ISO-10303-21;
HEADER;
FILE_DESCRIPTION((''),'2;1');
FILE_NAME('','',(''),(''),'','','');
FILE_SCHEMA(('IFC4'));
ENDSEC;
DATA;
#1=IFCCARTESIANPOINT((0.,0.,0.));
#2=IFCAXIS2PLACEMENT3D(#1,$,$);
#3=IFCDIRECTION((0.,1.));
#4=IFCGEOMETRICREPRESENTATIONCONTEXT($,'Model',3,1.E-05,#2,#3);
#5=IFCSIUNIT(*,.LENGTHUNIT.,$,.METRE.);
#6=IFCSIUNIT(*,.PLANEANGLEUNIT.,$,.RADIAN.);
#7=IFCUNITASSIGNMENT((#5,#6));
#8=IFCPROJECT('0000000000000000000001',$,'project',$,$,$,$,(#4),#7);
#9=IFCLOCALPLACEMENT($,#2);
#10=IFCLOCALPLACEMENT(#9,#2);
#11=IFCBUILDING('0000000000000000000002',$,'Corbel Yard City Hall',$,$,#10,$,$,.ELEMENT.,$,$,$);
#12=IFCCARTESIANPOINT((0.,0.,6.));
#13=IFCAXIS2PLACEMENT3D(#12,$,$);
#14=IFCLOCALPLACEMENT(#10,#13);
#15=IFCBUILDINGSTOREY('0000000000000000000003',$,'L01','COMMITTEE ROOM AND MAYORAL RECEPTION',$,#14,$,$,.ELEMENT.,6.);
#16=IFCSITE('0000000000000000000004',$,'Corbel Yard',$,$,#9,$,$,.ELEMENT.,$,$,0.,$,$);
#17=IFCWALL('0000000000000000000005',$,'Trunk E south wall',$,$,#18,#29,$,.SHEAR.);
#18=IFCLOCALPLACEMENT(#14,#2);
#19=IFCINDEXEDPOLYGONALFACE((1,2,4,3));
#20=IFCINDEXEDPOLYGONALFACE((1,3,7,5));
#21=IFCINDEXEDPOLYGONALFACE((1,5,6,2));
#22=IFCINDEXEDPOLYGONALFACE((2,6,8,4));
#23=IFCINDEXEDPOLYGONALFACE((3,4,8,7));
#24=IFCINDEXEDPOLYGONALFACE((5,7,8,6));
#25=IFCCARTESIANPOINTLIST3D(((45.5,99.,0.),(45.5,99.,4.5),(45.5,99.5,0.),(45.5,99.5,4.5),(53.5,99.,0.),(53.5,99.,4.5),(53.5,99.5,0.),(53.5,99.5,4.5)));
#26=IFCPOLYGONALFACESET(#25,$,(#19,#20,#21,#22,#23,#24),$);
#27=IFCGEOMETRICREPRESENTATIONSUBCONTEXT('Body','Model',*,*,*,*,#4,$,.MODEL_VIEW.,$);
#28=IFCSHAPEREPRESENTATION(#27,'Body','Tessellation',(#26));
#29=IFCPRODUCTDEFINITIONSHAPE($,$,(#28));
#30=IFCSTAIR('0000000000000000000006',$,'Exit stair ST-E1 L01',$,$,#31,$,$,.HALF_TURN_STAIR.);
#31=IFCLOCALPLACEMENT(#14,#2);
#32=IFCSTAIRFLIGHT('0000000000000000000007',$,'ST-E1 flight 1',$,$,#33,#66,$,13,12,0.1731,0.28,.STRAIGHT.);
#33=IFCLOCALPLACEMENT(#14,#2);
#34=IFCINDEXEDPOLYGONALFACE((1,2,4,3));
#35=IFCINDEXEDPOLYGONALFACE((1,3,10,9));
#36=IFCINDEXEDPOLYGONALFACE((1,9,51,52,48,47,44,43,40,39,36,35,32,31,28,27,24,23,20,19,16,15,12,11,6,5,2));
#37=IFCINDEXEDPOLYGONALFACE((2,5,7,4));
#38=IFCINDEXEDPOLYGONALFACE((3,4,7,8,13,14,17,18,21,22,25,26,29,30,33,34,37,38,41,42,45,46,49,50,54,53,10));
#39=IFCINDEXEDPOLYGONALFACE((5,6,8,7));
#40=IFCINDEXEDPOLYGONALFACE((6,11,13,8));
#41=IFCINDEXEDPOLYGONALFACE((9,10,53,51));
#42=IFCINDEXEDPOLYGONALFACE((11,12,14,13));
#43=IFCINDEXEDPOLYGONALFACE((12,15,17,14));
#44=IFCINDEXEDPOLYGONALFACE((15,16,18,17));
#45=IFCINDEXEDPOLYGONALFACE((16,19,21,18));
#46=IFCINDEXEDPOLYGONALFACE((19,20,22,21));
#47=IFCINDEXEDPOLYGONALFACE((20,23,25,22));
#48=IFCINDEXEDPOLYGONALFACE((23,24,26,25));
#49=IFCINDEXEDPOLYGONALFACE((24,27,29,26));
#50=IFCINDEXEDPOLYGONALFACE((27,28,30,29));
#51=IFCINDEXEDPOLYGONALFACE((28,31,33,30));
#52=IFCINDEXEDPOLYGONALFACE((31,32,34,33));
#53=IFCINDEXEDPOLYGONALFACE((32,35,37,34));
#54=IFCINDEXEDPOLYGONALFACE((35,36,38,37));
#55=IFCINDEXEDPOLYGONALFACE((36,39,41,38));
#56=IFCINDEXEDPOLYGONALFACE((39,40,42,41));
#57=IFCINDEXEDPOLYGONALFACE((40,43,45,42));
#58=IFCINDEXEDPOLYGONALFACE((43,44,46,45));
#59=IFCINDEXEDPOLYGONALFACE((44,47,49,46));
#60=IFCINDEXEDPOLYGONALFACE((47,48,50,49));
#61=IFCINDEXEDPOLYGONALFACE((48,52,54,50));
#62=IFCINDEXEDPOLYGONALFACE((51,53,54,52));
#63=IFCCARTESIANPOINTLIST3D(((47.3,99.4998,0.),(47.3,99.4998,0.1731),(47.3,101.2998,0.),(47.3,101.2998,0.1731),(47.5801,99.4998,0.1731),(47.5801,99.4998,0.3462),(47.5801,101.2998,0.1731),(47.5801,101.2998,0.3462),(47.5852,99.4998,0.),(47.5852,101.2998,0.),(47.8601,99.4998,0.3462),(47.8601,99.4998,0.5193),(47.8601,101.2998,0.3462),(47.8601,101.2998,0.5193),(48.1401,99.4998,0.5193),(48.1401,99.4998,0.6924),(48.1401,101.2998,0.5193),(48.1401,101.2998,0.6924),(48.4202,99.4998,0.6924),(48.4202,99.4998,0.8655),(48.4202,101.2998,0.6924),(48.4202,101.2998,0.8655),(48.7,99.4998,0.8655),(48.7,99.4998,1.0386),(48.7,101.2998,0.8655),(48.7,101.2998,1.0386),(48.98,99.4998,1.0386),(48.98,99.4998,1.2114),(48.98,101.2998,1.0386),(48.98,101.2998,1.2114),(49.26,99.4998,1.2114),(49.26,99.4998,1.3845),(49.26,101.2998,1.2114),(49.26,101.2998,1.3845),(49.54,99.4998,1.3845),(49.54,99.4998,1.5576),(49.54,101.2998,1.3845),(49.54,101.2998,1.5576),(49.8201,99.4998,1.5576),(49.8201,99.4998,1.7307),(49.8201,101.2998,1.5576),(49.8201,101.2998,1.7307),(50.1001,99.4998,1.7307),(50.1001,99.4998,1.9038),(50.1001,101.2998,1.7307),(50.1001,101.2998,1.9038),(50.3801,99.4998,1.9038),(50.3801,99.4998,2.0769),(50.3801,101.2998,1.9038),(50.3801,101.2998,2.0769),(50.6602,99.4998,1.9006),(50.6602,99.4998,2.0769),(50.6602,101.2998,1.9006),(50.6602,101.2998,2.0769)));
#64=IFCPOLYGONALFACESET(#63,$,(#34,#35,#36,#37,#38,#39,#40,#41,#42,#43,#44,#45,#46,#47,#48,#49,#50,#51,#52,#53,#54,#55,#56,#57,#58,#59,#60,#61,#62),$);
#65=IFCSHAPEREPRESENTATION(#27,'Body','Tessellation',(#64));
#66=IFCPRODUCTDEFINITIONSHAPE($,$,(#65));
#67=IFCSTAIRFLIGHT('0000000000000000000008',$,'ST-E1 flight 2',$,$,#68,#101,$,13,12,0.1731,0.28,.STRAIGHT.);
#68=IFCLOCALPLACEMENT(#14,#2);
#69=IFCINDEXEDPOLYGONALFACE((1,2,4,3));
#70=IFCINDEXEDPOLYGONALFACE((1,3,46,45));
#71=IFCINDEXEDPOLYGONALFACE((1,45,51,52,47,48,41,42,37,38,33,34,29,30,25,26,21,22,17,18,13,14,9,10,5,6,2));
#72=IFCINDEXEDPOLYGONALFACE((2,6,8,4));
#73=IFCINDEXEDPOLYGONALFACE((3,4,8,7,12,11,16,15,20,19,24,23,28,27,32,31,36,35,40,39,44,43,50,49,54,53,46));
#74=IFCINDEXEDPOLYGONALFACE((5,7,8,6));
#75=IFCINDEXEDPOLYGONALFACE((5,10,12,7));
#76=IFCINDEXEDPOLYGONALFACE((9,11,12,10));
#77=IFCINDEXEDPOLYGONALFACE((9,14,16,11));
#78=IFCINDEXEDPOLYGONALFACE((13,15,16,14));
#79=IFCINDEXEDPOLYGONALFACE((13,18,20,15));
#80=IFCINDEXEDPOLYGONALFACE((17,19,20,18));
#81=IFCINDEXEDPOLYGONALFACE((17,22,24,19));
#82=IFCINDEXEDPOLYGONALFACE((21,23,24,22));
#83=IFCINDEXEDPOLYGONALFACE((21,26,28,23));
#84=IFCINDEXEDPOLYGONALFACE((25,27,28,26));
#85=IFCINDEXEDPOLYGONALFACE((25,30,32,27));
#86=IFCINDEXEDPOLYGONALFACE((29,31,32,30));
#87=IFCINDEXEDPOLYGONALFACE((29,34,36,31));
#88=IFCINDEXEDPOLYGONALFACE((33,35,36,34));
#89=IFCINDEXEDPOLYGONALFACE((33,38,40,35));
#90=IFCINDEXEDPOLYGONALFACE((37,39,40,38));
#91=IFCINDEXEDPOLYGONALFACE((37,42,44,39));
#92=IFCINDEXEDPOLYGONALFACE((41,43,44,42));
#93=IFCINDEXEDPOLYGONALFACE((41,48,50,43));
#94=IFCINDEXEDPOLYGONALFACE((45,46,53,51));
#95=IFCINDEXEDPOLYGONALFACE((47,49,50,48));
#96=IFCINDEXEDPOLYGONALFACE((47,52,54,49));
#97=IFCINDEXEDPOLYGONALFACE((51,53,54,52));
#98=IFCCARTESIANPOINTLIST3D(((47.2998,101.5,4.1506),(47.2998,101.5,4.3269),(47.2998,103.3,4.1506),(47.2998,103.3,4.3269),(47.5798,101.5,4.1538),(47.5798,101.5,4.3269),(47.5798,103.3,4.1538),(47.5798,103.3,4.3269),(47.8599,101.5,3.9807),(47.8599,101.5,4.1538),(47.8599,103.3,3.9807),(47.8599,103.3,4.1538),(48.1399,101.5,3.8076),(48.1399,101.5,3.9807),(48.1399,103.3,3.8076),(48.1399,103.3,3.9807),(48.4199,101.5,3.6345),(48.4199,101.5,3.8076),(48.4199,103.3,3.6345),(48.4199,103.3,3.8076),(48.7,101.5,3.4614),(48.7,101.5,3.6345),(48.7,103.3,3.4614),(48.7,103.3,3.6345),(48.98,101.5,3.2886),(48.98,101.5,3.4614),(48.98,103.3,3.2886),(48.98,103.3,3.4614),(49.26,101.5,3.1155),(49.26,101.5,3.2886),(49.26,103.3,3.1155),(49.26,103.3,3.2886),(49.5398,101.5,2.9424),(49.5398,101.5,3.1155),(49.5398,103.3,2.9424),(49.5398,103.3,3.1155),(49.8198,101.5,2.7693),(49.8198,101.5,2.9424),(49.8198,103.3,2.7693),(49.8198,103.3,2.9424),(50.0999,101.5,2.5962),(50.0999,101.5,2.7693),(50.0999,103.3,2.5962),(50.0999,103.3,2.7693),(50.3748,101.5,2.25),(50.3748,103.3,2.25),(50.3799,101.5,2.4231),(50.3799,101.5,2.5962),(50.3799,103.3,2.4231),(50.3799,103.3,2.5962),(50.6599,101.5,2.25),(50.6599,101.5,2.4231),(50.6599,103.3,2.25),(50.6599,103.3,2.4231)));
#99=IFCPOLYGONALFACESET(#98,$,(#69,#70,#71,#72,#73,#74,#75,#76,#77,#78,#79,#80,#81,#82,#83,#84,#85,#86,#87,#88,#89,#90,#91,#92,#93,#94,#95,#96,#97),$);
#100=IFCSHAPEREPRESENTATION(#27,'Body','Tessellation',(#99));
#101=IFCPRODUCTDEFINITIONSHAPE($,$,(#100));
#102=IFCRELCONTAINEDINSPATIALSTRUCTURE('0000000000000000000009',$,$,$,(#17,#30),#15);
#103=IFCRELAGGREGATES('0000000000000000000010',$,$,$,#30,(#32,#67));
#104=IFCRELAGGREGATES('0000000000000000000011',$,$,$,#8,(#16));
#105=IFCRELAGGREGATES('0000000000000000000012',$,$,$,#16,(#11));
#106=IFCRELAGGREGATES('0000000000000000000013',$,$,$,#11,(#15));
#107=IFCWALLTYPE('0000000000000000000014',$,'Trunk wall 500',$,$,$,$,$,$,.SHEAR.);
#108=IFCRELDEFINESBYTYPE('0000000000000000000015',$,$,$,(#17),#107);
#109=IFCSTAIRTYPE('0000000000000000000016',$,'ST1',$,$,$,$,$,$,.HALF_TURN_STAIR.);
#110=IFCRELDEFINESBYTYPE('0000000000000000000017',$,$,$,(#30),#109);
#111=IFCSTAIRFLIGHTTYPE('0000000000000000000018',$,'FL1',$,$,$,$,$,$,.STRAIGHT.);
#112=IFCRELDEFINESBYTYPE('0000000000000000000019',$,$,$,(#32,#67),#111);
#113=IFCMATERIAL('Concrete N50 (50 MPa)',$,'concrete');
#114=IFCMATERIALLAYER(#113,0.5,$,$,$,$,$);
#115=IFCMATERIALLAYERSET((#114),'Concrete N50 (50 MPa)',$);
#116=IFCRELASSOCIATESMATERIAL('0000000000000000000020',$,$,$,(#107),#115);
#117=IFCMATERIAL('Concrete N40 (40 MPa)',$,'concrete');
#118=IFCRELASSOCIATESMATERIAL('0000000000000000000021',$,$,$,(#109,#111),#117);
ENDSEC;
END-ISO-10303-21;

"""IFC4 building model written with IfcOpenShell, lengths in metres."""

from ifc_helpers import new_model, si_unit, direction, frame, frame_2d, origin, place, context, subcontext, project, spatial, polyline, rectangle, outline, extrude, material, layer, layer_set, type_object, element, aggregate, save


model = new_model("IFC4")

# Units and contexts
model_context = context("Model", 3, precision=1e-05, world=origin(), true_north=direction((0.0, 1.0)))
body_context = subcontext(model_context, "Body", "Model", "MODEL_VIEW")
ifc_project = project(units=[si_unit("LENGTHUNIT", "METRE"), si_unit("PLANEANGLEUNIT", "RADIAN")], contexts=[model_context])

# Site, building, storey
site_placement = place(None, origin())
site = spatial("IfcSite", under=ifc_project, at=site_placement, Name="Corbel Yard", CompositionType="ELEMENT", RefElevation=0.0)
building_placement = place(site_placement, origin())
building = spatial("IfcBuilding", under=site, at=building_placement, Name="Corbel Yard City Hall", CompositionType="ELEMENT")
storey_placement = place(building_placement, frame((0.0, 0.0, 6.0)))
storey = spatial("IfcBuildingStorey", under=building, at=storey_placement, Name="L01", Description="COMMITTEE ROOM AND MAYORAL RECEPTION", CompositionType="ELEMENT", Elevation=6.0)

# Shared definitions
ifc_material_1 = material(Name="Concrete N40 (40 MPa)", Category="concrete")

# Wall
ifc_material_2 = material(Name="Concrete N50 (50 MPa)", Category="concrete")
ifc_layer_1 = layer(ifc_material_2, 0.5)
ifc_layer_set_1 = layer_set([ifc_layer_1], Name="Concrete N50 (50 MPa)")
wall_type_1 = type_object("IfcWallType", Name="Trunk wall 500", PredefinedType="SHEAR", material=ifc_layer_set_1)
wall_1_placement = place(storey_placement, frame((45.5, 99.25, 0.0), z_axis=(0.0, 0.0, 1.0), x_axis=(1.0, 0.0, 0.0)))
element("IfcWall", 1, at=wall_1_placement, inside=storey, type_object=wall_type_1, Name="Trunk E south wall", PredefinedType="SHEAR", context=body_context, shape_type="SweptSolid", body=[
    extrude(rectangle(XDim=8.0, YDim=0.5, at=frame_2d((4.0, 0.0))), origin(), (0.0, 0.0, 1.0), 4.5),
])

# Stair, stair flights
stair_type = type_object("IfcStairType", Name="ST1", PredefinedType="HALF_TURN_STAIR", material=ifc_material_1)
stair_placement = place(storey_placement, origin())
stair = element("IfcStair", 2, at=stair_placement, inside=storey, type_object=stair_type, Name="Exit stair ST-E1 L01", PredefinedType="HALF_TURN_STAIR")
stair_flight_type = type_object("IfcStairFlightType", Name="FL1", PredefinedType="STRAIGHT", material=ifc_material_1)
stair_flight_1_placement = place(storey_placement, frame((47.3, 100.3999, 0.0), z_axis=(0.0, 0.0, 1.0), x_axis=(1.0, 0.0, 0.0)))
stair_flight_1 = element("IfcStairFlight", 3, at=stair_flight_1_placement, type_object=stair_flight_type, Name="ST-E1 flight 1", NumberOfRisers=13, NumberOfTreads=12, PredefinedType="STRAIGHT", RiserHeight=0.1731, TreadLength=0.28, context=body_context, shape_type="SweptSolid", body=[
    extrude(outline(polyline([(0.0, 0.0), (0.0, 0.1731), (0.28, 0.1731), (0.28, 0.3462), (0.5601, 0.3462), (0.5601, 0.5193), (0.8401, 0.5193), (0.8401, 0.6924), (1.1201, 0.6924), (1.1201, 0.8655), (1.3999, 0.8655), (1.3999, 1.0386), (1.6799, 1.0386), (1.6799, 1.2114), (1.96, 1.2114), (1.96, 1.3845), (2.24, 1.3845), (2.24, 1.5576), (2.52, 1.5576), (2.52, 1.7307), (2.8, 1.7307), (2.8, 1.9038), (3.0801, 1.9038), (3.0801, 2.0769), (3.3601, 2.0769), (3.3601, 2.25), (3.3601, 1.9006), (0.2852, 0.0), (0.0, 0.0)])), frame((0.0, 0.8999, 0.0), z_axis=(0.0, -1.0, 0.0), x_axis=(1.0, 0.0, 0.0)), (0.0, 0.0, 1.0), 1.8),
])
stair_flight_2_placement = place(storey_placement, frame((50.6599, 102.3999, 2.25), z_axis=(0.0, 0.0, 1.0), x_axis=(-1.0, 0.0, 0.0)))
stair_flight_2 = element("IfcStairFlight", 4, at=stair_flight_2_placement, type_object=stair_flight_type, Name="ST-E1 flight 2", NumberOfRisers=13, NumberOfTreads=12, PredefinedType="STRAIGHT", RiserHeight=0.1731, TreadLength=0.28, context=body_context, shape_type="SweptSolid", body=[
    extrude(outline(polyline([(0.0, 0.0), (0.0, 0.1731), (0.28, 0.1731), (0.28, 0.3462), (0.5601, 0.3462), (0.5601, 0.5193), (0.8401, 0.5193), (0.8401, 0.6924), (1.1201, 0.6924), (1.1201, 0.8655), (1.3999, 0.8655), (1.3999, 1.0386), (1.6799, 1.0386), (1.6799, 1.2114), (1.96, 1.2114), (1.96, 1.3845), (2.24, 1.3845), (2.24, 1.5576), (2.52, 1.5576), (2.52, 1.7307), (2.8, 1.7307), (2.8, 1.9038), (3.0801, 1.9038), (3.0801, 2.0769), (3.3601, 2.0769), (3.3601, 2.25), (3.3601, 1.9006), (0.2852, 0.0), (0.0, 0.0)])), frame((0.0, 0.8999, 0.0), z_axis=(0.0, -1.0, 0.0), x_axis=(1.0, 0.0, 0.0)), (0.0, 0.0, 1.0), 1.8),
])
aggregate(stair, [stair_flight_1, stair_flight_2])

save(model, "model.ifc")
